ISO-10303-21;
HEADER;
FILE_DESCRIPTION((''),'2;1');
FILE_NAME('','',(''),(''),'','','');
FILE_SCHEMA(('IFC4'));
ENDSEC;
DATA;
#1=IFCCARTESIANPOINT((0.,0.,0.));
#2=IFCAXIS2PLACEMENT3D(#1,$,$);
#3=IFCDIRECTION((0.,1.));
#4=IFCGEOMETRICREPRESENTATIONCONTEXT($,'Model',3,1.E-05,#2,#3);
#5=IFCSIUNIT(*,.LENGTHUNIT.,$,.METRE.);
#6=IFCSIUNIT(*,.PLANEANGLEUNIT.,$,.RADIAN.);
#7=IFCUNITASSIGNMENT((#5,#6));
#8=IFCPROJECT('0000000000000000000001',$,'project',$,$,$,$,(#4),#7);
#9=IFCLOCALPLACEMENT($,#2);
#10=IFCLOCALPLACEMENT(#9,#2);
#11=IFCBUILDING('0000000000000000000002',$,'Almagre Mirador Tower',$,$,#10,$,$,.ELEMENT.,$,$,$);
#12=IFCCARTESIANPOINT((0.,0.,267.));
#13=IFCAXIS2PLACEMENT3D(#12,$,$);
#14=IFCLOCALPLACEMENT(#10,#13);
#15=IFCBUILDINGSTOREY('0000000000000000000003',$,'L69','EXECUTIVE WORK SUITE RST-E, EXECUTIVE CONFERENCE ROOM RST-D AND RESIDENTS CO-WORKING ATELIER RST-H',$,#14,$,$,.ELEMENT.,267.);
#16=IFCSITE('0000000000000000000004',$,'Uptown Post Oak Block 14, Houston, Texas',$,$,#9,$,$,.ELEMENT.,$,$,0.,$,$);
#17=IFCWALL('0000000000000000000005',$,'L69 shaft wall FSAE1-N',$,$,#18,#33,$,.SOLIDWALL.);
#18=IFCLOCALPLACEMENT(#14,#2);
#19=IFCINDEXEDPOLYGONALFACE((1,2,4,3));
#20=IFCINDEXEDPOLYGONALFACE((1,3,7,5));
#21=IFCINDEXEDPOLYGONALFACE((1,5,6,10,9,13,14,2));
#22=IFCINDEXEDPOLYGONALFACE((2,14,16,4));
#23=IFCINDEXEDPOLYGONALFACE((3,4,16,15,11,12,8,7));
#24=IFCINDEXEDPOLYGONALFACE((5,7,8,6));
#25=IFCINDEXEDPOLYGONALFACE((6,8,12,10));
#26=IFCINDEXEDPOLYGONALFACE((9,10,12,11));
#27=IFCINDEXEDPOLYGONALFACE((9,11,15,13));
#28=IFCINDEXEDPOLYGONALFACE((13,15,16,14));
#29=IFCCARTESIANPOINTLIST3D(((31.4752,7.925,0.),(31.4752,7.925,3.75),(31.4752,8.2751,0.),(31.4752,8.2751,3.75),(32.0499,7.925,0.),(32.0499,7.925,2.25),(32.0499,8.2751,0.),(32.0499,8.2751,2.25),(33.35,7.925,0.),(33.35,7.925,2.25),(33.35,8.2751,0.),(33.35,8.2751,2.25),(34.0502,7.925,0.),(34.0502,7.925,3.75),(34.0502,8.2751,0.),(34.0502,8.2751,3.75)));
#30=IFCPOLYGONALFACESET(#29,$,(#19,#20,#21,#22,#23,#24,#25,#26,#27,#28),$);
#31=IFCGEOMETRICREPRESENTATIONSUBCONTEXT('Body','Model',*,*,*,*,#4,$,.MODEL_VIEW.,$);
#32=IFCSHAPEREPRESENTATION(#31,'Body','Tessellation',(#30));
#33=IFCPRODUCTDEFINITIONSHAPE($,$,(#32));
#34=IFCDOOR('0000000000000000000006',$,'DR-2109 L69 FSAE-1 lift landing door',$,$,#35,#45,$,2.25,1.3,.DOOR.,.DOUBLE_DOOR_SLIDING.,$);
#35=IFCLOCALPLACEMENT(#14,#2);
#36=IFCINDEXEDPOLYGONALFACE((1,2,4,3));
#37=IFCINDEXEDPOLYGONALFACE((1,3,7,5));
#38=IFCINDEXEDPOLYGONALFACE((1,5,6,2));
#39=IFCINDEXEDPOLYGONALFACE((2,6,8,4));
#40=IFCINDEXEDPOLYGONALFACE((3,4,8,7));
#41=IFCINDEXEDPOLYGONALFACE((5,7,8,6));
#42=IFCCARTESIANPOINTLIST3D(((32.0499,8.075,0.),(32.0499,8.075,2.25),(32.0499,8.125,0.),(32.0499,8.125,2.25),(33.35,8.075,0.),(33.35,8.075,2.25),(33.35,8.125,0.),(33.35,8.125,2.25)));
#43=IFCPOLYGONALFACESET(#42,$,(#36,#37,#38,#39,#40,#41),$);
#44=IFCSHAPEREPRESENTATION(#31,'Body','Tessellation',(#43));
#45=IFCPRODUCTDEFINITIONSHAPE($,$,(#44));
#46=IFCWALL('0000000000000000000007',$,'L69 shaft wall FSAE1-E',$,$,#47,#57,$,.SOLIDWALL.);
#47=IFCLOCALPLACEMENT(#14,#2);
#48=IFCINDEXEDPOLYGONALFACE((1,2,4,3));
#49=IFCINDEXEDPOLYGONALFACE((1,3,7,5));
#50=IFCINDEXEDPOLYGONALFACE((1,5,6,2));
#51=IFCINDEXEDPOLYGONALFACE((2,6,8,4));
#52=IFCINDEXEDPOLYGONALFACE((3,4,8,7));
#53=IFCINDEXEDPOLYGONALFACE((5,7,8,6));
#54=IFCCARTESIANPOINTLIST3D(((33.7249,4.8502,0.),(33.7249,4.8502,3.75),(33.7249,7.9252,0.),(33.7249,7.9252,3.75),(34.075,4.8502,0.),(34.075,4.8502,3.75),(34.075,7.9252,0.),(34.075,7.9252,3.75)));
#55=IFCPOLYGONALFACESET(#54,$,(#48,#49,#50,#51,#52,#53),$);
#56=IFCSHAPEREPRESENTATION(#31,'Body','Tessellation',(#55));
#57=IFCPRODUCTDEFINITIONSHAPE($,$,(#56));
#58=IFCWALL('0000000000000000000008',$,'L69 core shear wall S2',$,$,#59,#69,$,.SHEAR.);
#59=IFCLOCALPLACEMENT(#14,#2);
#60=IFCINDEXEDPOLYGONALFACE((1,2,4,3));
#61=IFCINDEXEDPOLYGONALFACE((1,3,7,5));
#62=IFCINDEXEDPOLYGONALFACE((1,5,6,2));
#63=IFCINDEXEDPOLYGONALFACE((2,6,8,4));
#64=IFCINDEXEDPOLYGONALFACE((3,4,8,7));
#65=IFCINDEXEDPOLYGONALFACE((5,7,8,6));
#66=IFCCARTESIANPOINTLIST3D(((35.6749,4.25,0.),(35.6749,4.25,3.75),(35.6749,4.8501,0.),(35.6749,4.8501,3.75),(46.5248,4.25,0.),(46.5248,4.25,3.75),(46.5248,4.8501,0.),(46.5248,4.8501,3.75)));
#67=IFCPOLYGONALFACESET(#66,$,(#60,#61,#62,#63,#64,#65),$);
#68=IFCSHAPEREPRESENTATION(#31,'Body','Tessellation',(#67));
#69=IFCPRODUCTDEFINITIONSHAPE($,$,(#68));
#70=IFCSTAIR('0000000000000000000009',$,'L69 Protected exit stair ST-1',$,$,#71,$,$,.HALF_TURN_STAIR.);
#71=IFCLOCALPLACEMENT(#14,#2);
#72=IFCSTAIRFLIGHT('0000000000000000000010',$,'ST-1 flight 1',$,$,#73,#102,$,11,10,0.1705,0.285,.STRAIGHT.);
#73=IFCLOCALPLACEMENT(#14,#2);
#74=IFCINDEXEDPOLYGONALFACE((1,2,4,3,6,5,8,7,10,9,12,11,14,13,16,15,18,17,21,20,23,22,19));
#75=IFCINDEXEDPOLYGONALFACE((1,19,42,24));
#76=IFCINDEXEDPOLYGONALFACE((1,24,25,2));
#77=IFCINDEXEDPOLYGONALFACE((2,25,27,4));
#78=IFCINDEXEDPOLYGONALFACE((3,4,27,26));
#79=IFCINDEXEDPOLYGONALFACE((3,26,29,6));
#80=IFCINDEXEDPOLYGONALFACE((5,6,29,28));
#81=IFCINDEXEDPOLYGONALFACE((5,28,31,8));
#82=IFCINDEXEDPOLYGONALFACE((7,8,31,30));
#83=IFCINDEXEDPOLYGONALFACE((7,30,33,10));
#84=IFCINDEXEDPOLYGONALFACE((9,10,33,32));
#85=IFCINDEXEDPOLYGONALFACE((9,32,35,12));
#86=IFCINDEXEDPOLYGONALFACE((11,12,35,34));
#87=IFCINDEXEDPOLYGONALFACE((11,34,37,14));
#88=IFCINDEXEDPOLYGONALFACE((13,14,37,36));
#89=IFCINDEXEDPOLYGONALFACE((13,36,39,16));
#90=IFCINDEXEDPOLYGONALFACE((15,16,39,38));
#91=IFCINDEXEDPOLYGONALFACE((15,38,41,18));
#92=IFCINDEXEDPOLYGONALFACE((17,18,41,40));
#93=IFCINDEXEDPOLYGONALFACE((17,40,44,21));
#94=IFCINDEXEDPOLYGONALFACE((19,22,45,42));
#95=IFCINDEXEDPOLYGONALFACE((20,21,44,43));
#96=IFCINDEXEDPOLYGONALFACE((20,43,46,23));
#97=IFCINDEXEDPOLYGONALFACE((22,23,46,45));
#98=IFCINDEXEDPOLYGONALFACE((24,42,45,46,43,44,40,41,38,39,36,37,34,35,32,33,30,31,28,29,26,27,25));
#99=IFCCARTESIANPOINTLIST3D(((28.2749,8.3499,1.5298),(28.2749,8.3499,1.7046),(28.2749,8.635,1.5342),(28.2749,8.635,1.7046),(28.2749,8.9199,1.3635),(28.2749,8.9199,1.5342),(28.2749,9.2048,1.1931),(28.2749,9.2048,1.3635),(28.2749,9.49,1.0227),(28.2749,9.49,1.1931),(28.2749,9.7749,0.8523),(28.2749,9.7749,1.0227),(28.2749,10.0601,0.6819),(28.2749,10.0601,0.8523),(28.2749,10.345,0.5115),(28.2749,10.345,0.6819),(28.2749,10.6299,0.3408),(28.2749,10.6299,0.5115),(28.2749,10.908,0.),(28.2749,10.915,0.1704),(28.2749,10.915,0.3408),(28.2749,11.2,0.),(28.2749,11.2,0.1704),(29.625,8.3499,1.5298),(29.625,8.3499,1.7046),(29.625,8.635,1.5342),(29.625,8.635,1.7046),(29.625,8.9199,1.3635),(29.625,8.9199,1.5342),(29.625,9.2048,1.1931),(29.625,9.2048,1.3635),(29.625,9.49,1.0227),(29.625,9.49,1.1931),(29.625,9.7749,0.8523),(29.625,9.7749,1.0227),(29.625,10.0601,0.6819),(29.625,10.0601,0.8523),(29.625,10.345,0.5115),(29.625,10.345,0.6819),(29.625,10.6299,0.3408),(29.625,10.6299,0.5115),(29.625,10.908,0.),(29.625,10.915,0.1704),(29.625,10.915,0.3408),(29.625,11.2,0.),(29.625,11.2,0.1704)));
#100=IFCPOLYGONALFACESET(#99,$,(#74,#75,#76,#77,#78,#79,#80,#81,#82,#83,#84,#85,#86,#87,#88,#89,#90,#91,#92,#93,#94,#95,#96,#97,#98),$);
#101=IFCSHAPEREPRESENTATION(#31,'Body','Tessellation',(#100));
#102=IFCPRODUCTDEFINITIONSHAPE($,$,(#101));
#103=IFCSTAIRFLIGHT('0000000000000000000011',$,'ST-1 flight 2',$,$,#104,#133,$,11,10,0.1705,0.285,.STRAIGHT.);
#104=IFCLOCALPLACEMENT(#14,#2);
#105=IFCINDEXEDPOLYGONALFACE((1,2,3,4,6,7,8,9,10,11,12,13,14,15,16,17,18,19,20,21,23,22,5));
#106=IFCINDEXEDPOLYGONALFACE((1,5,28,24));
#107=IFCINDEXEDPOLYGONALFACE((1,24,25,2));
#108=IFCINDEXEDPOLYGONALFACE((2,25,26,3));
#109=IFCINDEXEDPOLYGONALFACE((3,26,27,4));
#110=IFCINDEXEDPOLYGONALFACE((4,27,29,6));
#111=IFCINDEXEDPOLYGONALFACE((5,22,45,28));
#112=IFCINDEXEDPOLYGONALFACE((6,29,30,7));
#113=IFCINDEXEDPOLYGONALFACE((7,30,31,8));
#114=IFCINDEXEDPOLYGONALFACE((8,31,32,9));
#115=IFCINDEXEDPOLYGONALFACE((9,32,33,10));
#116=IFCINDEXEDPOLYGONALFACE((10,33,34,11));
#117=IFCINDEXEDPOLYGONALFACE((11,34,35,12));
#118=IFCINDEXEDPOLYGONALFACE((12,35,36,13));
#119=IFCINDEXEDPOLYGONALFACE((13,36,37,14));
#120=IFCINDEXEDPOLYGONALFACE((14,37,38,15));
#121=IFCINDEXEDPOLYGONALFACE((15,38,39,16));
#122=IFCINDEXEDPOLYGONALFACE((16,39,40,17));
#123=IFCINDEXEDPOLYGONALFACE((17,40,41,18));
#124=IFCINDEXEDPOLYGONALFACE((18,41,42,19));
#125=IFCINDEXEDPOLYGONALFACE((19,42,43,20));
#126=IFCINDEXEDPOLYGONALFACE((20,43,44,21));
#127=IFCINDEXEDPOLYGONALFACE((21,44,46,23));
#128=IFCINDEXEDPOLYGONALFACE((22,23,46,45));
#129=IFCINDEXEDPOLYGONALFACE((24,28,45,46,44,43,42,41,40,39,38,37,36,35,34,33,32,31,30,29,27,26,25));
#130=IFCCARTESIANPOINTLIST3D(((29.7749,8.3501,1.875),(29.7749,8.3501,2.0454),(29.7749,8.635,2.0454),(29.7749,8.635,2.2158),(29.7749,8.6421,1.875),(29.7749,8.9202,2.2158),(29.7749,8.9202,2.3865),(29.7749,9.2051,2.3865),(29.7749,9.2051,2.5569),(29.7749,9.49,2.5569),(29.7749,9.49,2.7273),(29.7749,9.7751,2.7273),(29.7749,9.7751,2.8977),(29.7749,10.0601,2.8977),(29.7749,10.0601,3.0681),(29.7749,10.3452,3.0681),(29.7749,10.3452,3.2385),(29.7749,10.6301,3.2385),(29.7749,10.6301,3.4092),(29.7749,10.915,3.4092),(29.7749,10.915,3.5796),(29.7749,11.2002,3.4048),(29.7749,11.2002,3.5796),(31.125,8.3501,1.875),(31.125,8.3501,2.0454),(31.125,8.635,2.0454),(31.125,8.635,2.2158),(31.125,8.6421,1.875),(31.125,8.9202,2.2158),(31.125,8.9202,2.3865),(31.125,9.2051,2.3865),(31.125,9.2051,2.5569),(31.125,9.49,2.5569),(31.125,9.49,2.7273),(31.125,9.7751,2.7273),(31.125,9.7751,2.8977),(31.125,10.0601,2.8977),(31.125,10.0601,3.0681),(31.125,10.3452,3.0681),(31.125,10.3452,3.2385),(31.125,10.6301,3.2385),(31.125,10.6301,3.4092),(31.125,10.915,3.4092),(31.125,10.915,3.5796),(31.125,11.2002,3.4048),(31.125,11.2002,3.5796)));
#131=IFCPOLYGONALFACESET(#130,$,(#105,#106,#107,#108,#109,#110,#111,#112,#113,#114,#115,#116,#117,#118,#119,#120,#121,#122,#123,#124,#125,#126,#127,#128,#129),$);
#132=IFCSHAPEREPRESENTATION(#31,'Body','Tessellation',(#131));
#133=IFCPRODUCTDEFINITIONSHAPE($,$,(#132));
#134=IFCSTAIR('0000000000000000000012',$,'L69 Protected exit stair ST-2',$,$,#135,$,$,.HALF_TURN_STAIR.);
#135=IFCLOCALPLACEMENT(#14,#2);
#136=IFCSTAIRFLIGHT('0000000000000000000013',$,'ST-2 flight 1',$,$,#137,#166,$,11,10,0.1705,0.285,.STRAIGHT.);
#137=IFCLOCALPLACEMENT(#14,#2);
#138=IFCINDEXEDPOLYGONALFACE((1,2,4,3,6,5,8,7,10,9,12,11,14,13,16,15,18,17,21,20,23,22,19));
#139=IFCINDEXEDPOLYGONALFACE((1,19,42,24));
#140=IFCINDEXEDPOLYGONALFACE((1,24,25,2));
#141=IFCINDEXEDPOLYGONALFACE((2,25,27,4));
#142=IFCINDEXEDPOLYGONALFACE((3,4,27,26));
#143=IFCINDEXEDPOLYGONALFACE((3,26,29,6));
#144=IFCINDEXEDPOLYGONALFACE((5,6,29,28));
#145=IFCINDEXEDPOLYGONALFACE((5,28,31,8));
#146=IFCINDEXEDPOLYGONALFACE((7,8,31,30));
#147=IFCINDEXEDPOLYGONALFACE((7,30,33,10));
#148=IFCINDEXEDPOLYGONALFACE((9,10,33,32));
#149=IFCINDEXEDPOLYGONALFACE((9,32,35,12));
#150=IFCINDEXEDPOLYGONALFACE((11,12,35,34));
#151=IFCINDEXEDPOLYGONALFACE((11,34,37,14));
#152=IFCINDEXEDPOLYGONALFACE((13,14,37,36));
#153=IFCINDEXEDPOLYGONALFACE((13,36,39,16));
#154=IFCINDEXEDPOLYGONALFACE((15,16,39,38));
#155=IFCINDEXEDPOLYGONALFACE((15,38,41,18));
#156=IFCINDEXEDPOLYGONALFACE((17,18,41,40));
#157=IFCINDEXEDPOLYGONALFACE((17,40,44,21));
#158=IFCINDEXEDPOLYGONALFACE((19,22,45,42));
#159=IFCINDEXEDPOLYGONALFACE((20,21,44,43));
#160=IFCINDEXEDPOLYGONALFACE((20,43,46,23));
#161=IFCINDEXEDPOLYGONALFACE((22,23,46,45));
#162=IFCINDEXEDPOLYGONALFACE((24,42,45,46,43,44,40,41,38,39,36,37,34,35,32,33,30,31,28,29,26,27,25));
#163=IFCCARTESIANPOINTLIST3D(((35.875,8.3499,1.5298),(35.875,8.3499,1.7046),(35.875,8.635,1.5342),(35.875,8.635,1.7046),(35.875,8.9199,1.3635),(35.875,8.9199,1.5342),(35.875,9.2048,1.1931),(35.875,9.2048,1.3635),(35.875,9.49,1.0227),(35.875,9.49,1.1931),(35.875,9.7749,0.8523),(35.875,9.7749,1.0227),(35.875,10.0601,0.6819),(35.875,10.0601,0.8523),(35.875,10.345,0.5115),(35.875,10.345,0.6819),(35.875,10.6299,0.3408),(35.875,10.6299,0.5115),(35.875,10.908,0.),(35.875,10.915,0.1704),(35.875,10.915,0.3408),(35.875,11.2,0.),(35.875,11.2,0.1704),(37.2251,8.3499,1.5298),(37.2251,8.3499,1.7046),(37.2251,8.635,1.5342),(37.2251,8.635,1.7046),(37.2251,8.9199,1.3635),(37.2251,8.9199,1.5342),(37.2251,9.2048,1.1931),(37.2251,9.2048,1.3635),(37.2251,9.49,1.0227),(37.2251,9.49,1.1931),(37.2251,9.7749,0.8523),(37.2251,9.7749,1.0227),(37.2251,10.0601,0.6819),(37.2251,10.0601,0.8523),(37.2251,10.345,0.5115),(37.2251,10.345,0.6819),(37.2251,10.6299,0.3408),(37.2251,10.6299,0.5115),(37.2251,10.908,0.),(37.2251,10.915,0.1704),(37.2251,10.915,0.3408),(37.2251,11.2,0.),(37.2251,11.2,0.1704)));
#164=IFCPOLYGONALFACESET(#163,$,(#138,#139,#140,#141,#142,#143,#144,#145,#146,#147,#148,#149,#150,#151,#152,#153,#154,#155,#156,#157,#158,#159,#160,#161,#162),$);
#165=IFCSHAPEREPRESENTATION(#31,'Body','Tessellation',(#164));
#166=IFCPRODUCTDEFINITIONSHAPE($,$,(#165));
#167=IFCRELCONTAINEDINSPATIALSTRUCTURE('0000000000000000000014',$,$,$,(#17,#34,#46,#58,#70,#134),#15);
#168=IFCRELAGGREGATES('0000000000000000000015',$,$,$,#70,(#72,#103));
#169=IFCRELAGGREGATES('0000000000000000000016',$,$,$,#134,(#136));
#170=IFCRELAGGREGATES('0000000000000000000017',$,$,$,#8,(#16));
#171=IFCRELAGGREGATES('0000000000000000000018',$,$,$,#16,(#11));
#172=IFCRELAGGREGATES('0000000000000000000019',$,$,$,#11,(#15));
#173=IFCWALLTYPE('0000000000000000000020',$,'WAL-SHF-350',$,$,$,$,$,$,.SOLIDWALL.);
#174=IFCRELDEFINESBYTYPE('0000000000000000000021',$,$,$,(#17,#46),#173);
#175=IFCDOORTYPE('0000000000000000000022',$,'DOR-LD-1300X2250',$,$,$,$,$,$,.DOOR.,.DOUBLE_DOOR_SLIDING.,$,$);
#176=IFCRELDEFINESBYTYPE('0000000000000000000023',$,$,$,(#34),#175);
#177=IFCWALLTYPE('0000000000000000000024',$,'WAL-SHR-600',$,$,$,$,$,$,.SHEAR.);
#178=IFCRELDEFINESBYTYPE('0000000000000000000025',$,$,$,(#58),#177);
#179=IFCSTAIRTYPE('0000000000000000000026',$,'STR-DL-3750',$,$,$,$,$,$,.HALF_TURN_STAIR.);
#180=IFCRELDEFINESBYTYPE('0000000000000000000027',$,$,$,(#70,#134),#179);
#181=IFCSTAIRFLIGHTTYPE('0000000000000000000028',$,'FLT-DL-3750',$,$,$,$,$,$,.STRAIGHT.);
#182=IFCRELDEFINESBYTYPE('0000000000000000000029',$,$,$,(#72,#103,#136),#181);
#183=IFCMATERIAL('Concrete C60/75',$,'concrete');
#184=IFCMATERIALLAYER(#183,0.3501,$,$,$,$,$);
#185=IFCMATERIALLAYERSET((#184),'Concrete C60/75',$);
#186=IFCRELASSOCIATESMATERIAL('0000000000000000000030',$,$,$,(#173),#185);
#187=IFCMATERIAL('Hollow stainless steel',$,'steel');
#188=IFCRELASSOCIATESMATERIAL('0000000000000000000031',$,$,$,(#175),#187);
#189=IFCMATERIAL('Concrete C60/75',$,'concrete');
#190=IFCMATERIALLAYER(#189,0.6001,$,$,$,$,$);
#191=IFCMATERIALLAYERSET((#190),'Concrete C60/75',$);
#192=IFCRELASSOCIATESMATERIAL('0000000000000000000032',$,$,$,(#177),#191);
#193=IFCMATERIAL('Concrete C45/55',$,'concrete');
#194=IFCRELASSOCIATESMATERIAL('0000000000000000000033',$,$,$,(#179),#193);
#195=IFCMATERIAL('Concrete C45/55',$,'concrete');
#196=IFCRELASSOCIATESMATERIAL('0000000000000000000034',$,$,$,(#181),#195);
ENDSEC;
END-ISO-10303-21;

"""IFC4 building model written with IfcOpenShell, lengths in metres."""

from ifc_helpers import new_model, si_unit, direction, frame, frame_2d, origin, place, context, subcontext, project, spatial, polyline, rectangle, outline, extrude, material, layer, layer_set, type_object, element, fill, aggregate, save


model = new_model("IFC4")

# Units and contexts
model_context = context("Model", 3, precision=1e-05, world=origin(), true_north=direction((0.0, 1.0)))
body_context = subcontext(model_context, "Body", "Model", "MODEL_VIEW")
ifc_project = project(units=[si_unit("LENGTHUNIT", "METRE"), si_unit("PLANEANGLEUNIT", "RADIAN")], contexts=[model_context])

# Site, building, storey
site_placement = place(None, origin())
site = spatial("IfcSite", under=ifc_project, at=site_placement, Name="Uptown Post Oak Block 14, Houston, Texas", CompositionType="ELEMENT", RefElevation=0.0)
building_placement = place(site_placement, origin())
building = spatial("IfcBuilding", under=site, at=building_placement, Name="Almagre Mirador Tower", CompositionType="ELEMENT")
storey_placement = place(building_placement, frame((0.0, 0.0, 267.0)))
storey = spatial("IfcBuildingStorey", under=building, at=storey_placement, Name="L69", Description="EXECUTIVE WORK SUITE RST-E, EXECUTIVE CONFERENCE ROOM RST-D AND RESIDENTS CO-WORKING ATELIER RST-H", CompositionType="ELEMENT", Elevation=267.0)

# Shared definitions
ifc_material_1 = material(Name="Concrete C60/75", Category="concrete")
ifc_layer_1 = layer(ifc_material_1, 0.3501)
ifc_layer_set_1 = layer_set([ifc_layer_1], Name="Concrete C60/75")
wall_type_1 = type_object("IfcWallType", Name="WAL-SHF-350", PredefinedType="SOLIDWALL", material=ifc_layer_set_1)

# Wall, opening, door
wall_1_placement = place(storey_placement, frame((31.4751, 8.1001, 0.0), z_axis=(0.0, 0.0, 1.0), x_axis=(1.0, 0.0, 0.0)))
wall_1 = element("IfcWall", 1, at=wall_1_placement, inside=storey, type_object=wall_type_1, Name="L69 shaft wall FSAE1-N", PredefinedType="SOLIDWALL", context=body_context, shape_type="SweptSolid", body=[
    extrude(rectangle(XDim=2.575, YDim=0.3501, at=frame_2d((1.2876, 0.0))), origin(), (0.0, 0.0, 1.0), 3.75),
])
opening_1_placement = place(wall_1_placement, frame((0.575, 0.0, 0.0)))
opening_1 = element("IfcOpeningElement", 2, at=opening_1_placement, cuts=wall_1, PredefinedType="OPENING", context=body_context, shape_type="SweptSolid", body=[
    extrude(rectangle(XDim=1.3, YDim=2.25, at=frame_2d((0.6499, 1.125))), frame((0.0, 0.185, 0.0), z_axis=(0.0, -1.0, 0.0), x_axis=(1.0, 0.0, 0.0)), (0.0, 0.0, 1.0), 0.3701),
])
ifc_material_2 = material(Name="Hollow stainless steel", Category="steel")
door_type_1 = type_object("IfcDoorType", Name="DOR-LD-1300X2250", OperationType="DOUBLE_DOOR_SLIDING", PredefinedType="DOOR", material=ifc_material_2)
door_1_placement = place(opening_1_placement, origin())
door_1 = element("IfcDoor", 3, at=door_1_placement, inside=storey, type_object=door_type_1, Name="DR-2109 L69 FSAE-1 lift landing door", OperationType="DOUBLE_DOOR_SLIDING", OverallHeight=2.25, OverallWidth=1.3, PredefinedType="DOOR", context=body_context, shape_type="SweptSolid", body=[
    extrude(rectangle(XDim=1.3, YDim=2.25, at=frame_2d((0.6499, 1.125))), frame((0.0, 0.0249, 0.0), z_axis=(0.0, -1.0, 0.0), x_axis=(1.0, 0.0, 0.0)), (0.0, 0.0, 1.0), 0.05),
])
fill(opening_1, door_1)

# Walls
wall_2_placement = place(storey_placement, frame((33.8999, 4.8501, 0.0), z_axis=(0.0, 0.0, 1.0), x_axis=(0.0, 1.0, 0.0)))
element("IfcWall", 4, at=wall_2_placement, inside=storey, type_object=wall_type_1, Name="L69 shaft wall FSAE1-E", PredefinedType="SOLIDWALL", context=body_context, shape_type="SweptSolid", body=[
    extrude(rectangle(XDim=3.075, YDim=0.3501, at=frame_2d((1.5376, 0.0))), origin(), (0.0, 0.0, 1.0), 3.75),
])
ifc_material_3 = material(Name="Concrete C60/75", Category="concrete")
ifc_layer_2 = layer(ifc_material_3, 0.6001)
ifc_layer_set_2 = layer_set([ifc_layer_2], Name="Concrete C60/75")
wall_type_2 = type_object("IfcWallType", Name="WAL-SHR-600", PredefinedType="SHEAR", material=ifc_layer_set_2)
wall_3_placement = place(storey_placement, frame((35.675, 4.55, 0.0), z_axis=(0.0, 0.0, 1.0), x_axis=(1.0, 0.0, 0.0)))
element("IfcWall", 5, at=wall_3_placement, inside=storey, type_object=wall_type_2, Name="L69 core shear wall S2", PredefinedType="SHEAR", context=body_context, shape_type="SweptSolid", body=[
    extrude(rectangle(XDim=10.8499, YDim=0.6001, at=frame_2d((5.4248, 0.0))), origin(), (0.0, 0.0, 1.0), 3.75),
])

# Stair, stair flights
ifc_material_4 = material(Name="Concrete C45/55", Category="concrete")
stair_type = type_object("IfcStairType", Name="STR-DL-3750", PredefinedType="HALF_TURN_STAIR", material=ifc_material_4)
stair_1_placement = place(storey_placement, origin())
stair_1 = element("IfcStair", 6, at=stair_1_placement, inside=storey, type_object=stair_type, Name="L69 Protected exit stair ST-1", PredefinedType="HALF_TURN_STAIR")
ifc_material_5 = material(Name="Concrete C45/55", Category="concrete")
stair_flight_type = type_object("IfcStairFlightType", Name="FLT-DL-3750", PredefinedType="STRAIGHT", material=ifc_material_5)
stair_flight_1_placement = place(storey_placement, frame((28.95, 11.2, 0.0), z_axis=(0.0, 0.0, 1.0), x_axis=(0.0, -1.0, 0.0)))
stair_flight_1 = element("IfcStairFlight", 7, at=stair_flight_1_placement, type_object=stair_flight_type, Name="ST-1 flight 1", NumberOfRisers=11, NumberOfTreads=10, PredefinedType="STRAIGHT", RiserHeight=0.1705, TreadLength=0.285, context=body_context, shape_type="SweptSolid", body=[
    extrude(outline(polyline([(0.0, 0.0), (0.0, 0.1704), (0.2849, 0.1704), (0.2849, 0.3408), (0.5701, 0.3408), (0.5701, 0.5115), (0.855, 0.5115), (0.855, 0.6819), (1.1399, 0.6819), (1.1399, 0.8523), (1.425, 0.8523), (1.425, 1.0227), (1.71, 1.0227), (1.71, 1.1931), (1.9951, 1.1931), (1.9951, 1.3635), (2.28, 1.3635), (2.28, 1.5342), (2.5649, 1.5342), (2.5649, 1.7046), (2.8501, 1.7046), (2.8501, 1.875), (2.8501, 1.5298), (0.292, 0.0), (0.0, 0.0)])), frame((0.0, 0.675, 0.0), z_axis=(0.0, -1.0, 0.0), x_axis=(1.0, 0.0, 0.0)), (0.0, 0.0, 1.0), 1.3501),
])
stair_flight_2_placement = place(storey_placement, frame((30.45, 8.3501, 1.875), z_axis=(0.0, 0.0, 1.0), x_axis=(0.0, 1.0, 0.0)))
stair_flight_2 = element("IfcStairFlight", 8, at=stair_flight_2_placement, type_object=stair_flight_type, Name="ST-1 flight 2", NumberOfRisers=11, NumberOfTreads=10, PredefinedType="STRAIGHT", RiserHeight=0.1705, TreadLength=0.285, context=body_context, shape_type="SweptSolid", body=[
    extrude(outline(polyline([(0.0, 0.0), (0.0, 0.1704), (0.2849, 0.1704), (0.2849, 0.3408), (0.5701, 0.3408), (0.5701, 0.5115), (0.855, 0.5115), (0.855, 0.6819), (1.1399, 0.6819), (1.1399, 0.8523), (1.425, 0.8523), (1.425, 1.0227), (1.71, 1.0227), (1.71, 1.1931), (1.9951, 1.1931), (1.9951, 1.3635), (2.28, 1.3635), (2.28, 1.5342), (2.5649, 1.5342), (2.5649, 1.7046), (2.8501, 1.7046), (2.8501, 1.875), (2.8501, 1.5298), (0.292, 0.0), (0.0, 0.0)])), frame((0.0, 0.675, 0.0), z_axis=(0.0, -1.0, 0.0), x_axis=(1.0, 0.0, 0.0)), (0.0, 0.0, 1.0), 1.3501),
])
aggregate(stair_1, [stair_flight_1, stair_flight_2])

# Stair, stair flight
stair_2_placement = place(storey_placement, origin())
stair_2 = element("IfcStair", 9, at=stair_2_placement, inside=storey, type_object=stair_type, Name="L69 Protected exit stair ST-2", PredefinedType="HALF_TURN_STAIR")
stair_flight_3_placement = place(storey_placement, frame((36.55, 11.2, 0.0), z_axis=(0.0, 0.0, 1.0), x_axis=(0.0, -1.0, 0.0)))
stair_flight_3 = element("IfcStairFlight", 10, at=stair_flight_3_placement, type_object=stair_flight_type, Name="ST-2 flight 1", NumberOfRisers=11, NumberOfTreads=10, PredefinedType="STRAIGHT", RiserHeight=0.1705, TreadLength=0.285, context=body_context, shape_type="SweptSolid", body=[
    extrude(outline(polyline([(0.0, 0.0), (0.0, 0.1704), (0.2849, 0.1704), (0.2849, 0.3408), (0.5701, 0.3408), (0.5701, 0.5115), (0.855, 0.5115), (0.855, 0.6819), (1.1399, 0.6819), (1.1399, 0.8523), (1.425, 0.8523), (1.425, 1.0227), (1.71, 1.0227), (1.71, 1.1931), (1.9951, 1.1931), (1.9951, 1.3635), (2.28, 1.3635), (2.28, 1.5342), (2.5649, 1.5342), (2.5649, 1.7046), (2.8501, 1.7046), (2.8501, 1.875), (2.8501, 1.5298), (0.292, 0.0), (0.0, 0.0)])), frame((0.0, 0.675, 0.0), z_axis=(0.0, -1.0, 0.0), x_axis=(1.0, 0.0, 0.0)), (0.0, 0.0, 1.0), 1.3501),
])
aggregate(stair_2, [stair_flight_3])

save(model, "model.ifc")
